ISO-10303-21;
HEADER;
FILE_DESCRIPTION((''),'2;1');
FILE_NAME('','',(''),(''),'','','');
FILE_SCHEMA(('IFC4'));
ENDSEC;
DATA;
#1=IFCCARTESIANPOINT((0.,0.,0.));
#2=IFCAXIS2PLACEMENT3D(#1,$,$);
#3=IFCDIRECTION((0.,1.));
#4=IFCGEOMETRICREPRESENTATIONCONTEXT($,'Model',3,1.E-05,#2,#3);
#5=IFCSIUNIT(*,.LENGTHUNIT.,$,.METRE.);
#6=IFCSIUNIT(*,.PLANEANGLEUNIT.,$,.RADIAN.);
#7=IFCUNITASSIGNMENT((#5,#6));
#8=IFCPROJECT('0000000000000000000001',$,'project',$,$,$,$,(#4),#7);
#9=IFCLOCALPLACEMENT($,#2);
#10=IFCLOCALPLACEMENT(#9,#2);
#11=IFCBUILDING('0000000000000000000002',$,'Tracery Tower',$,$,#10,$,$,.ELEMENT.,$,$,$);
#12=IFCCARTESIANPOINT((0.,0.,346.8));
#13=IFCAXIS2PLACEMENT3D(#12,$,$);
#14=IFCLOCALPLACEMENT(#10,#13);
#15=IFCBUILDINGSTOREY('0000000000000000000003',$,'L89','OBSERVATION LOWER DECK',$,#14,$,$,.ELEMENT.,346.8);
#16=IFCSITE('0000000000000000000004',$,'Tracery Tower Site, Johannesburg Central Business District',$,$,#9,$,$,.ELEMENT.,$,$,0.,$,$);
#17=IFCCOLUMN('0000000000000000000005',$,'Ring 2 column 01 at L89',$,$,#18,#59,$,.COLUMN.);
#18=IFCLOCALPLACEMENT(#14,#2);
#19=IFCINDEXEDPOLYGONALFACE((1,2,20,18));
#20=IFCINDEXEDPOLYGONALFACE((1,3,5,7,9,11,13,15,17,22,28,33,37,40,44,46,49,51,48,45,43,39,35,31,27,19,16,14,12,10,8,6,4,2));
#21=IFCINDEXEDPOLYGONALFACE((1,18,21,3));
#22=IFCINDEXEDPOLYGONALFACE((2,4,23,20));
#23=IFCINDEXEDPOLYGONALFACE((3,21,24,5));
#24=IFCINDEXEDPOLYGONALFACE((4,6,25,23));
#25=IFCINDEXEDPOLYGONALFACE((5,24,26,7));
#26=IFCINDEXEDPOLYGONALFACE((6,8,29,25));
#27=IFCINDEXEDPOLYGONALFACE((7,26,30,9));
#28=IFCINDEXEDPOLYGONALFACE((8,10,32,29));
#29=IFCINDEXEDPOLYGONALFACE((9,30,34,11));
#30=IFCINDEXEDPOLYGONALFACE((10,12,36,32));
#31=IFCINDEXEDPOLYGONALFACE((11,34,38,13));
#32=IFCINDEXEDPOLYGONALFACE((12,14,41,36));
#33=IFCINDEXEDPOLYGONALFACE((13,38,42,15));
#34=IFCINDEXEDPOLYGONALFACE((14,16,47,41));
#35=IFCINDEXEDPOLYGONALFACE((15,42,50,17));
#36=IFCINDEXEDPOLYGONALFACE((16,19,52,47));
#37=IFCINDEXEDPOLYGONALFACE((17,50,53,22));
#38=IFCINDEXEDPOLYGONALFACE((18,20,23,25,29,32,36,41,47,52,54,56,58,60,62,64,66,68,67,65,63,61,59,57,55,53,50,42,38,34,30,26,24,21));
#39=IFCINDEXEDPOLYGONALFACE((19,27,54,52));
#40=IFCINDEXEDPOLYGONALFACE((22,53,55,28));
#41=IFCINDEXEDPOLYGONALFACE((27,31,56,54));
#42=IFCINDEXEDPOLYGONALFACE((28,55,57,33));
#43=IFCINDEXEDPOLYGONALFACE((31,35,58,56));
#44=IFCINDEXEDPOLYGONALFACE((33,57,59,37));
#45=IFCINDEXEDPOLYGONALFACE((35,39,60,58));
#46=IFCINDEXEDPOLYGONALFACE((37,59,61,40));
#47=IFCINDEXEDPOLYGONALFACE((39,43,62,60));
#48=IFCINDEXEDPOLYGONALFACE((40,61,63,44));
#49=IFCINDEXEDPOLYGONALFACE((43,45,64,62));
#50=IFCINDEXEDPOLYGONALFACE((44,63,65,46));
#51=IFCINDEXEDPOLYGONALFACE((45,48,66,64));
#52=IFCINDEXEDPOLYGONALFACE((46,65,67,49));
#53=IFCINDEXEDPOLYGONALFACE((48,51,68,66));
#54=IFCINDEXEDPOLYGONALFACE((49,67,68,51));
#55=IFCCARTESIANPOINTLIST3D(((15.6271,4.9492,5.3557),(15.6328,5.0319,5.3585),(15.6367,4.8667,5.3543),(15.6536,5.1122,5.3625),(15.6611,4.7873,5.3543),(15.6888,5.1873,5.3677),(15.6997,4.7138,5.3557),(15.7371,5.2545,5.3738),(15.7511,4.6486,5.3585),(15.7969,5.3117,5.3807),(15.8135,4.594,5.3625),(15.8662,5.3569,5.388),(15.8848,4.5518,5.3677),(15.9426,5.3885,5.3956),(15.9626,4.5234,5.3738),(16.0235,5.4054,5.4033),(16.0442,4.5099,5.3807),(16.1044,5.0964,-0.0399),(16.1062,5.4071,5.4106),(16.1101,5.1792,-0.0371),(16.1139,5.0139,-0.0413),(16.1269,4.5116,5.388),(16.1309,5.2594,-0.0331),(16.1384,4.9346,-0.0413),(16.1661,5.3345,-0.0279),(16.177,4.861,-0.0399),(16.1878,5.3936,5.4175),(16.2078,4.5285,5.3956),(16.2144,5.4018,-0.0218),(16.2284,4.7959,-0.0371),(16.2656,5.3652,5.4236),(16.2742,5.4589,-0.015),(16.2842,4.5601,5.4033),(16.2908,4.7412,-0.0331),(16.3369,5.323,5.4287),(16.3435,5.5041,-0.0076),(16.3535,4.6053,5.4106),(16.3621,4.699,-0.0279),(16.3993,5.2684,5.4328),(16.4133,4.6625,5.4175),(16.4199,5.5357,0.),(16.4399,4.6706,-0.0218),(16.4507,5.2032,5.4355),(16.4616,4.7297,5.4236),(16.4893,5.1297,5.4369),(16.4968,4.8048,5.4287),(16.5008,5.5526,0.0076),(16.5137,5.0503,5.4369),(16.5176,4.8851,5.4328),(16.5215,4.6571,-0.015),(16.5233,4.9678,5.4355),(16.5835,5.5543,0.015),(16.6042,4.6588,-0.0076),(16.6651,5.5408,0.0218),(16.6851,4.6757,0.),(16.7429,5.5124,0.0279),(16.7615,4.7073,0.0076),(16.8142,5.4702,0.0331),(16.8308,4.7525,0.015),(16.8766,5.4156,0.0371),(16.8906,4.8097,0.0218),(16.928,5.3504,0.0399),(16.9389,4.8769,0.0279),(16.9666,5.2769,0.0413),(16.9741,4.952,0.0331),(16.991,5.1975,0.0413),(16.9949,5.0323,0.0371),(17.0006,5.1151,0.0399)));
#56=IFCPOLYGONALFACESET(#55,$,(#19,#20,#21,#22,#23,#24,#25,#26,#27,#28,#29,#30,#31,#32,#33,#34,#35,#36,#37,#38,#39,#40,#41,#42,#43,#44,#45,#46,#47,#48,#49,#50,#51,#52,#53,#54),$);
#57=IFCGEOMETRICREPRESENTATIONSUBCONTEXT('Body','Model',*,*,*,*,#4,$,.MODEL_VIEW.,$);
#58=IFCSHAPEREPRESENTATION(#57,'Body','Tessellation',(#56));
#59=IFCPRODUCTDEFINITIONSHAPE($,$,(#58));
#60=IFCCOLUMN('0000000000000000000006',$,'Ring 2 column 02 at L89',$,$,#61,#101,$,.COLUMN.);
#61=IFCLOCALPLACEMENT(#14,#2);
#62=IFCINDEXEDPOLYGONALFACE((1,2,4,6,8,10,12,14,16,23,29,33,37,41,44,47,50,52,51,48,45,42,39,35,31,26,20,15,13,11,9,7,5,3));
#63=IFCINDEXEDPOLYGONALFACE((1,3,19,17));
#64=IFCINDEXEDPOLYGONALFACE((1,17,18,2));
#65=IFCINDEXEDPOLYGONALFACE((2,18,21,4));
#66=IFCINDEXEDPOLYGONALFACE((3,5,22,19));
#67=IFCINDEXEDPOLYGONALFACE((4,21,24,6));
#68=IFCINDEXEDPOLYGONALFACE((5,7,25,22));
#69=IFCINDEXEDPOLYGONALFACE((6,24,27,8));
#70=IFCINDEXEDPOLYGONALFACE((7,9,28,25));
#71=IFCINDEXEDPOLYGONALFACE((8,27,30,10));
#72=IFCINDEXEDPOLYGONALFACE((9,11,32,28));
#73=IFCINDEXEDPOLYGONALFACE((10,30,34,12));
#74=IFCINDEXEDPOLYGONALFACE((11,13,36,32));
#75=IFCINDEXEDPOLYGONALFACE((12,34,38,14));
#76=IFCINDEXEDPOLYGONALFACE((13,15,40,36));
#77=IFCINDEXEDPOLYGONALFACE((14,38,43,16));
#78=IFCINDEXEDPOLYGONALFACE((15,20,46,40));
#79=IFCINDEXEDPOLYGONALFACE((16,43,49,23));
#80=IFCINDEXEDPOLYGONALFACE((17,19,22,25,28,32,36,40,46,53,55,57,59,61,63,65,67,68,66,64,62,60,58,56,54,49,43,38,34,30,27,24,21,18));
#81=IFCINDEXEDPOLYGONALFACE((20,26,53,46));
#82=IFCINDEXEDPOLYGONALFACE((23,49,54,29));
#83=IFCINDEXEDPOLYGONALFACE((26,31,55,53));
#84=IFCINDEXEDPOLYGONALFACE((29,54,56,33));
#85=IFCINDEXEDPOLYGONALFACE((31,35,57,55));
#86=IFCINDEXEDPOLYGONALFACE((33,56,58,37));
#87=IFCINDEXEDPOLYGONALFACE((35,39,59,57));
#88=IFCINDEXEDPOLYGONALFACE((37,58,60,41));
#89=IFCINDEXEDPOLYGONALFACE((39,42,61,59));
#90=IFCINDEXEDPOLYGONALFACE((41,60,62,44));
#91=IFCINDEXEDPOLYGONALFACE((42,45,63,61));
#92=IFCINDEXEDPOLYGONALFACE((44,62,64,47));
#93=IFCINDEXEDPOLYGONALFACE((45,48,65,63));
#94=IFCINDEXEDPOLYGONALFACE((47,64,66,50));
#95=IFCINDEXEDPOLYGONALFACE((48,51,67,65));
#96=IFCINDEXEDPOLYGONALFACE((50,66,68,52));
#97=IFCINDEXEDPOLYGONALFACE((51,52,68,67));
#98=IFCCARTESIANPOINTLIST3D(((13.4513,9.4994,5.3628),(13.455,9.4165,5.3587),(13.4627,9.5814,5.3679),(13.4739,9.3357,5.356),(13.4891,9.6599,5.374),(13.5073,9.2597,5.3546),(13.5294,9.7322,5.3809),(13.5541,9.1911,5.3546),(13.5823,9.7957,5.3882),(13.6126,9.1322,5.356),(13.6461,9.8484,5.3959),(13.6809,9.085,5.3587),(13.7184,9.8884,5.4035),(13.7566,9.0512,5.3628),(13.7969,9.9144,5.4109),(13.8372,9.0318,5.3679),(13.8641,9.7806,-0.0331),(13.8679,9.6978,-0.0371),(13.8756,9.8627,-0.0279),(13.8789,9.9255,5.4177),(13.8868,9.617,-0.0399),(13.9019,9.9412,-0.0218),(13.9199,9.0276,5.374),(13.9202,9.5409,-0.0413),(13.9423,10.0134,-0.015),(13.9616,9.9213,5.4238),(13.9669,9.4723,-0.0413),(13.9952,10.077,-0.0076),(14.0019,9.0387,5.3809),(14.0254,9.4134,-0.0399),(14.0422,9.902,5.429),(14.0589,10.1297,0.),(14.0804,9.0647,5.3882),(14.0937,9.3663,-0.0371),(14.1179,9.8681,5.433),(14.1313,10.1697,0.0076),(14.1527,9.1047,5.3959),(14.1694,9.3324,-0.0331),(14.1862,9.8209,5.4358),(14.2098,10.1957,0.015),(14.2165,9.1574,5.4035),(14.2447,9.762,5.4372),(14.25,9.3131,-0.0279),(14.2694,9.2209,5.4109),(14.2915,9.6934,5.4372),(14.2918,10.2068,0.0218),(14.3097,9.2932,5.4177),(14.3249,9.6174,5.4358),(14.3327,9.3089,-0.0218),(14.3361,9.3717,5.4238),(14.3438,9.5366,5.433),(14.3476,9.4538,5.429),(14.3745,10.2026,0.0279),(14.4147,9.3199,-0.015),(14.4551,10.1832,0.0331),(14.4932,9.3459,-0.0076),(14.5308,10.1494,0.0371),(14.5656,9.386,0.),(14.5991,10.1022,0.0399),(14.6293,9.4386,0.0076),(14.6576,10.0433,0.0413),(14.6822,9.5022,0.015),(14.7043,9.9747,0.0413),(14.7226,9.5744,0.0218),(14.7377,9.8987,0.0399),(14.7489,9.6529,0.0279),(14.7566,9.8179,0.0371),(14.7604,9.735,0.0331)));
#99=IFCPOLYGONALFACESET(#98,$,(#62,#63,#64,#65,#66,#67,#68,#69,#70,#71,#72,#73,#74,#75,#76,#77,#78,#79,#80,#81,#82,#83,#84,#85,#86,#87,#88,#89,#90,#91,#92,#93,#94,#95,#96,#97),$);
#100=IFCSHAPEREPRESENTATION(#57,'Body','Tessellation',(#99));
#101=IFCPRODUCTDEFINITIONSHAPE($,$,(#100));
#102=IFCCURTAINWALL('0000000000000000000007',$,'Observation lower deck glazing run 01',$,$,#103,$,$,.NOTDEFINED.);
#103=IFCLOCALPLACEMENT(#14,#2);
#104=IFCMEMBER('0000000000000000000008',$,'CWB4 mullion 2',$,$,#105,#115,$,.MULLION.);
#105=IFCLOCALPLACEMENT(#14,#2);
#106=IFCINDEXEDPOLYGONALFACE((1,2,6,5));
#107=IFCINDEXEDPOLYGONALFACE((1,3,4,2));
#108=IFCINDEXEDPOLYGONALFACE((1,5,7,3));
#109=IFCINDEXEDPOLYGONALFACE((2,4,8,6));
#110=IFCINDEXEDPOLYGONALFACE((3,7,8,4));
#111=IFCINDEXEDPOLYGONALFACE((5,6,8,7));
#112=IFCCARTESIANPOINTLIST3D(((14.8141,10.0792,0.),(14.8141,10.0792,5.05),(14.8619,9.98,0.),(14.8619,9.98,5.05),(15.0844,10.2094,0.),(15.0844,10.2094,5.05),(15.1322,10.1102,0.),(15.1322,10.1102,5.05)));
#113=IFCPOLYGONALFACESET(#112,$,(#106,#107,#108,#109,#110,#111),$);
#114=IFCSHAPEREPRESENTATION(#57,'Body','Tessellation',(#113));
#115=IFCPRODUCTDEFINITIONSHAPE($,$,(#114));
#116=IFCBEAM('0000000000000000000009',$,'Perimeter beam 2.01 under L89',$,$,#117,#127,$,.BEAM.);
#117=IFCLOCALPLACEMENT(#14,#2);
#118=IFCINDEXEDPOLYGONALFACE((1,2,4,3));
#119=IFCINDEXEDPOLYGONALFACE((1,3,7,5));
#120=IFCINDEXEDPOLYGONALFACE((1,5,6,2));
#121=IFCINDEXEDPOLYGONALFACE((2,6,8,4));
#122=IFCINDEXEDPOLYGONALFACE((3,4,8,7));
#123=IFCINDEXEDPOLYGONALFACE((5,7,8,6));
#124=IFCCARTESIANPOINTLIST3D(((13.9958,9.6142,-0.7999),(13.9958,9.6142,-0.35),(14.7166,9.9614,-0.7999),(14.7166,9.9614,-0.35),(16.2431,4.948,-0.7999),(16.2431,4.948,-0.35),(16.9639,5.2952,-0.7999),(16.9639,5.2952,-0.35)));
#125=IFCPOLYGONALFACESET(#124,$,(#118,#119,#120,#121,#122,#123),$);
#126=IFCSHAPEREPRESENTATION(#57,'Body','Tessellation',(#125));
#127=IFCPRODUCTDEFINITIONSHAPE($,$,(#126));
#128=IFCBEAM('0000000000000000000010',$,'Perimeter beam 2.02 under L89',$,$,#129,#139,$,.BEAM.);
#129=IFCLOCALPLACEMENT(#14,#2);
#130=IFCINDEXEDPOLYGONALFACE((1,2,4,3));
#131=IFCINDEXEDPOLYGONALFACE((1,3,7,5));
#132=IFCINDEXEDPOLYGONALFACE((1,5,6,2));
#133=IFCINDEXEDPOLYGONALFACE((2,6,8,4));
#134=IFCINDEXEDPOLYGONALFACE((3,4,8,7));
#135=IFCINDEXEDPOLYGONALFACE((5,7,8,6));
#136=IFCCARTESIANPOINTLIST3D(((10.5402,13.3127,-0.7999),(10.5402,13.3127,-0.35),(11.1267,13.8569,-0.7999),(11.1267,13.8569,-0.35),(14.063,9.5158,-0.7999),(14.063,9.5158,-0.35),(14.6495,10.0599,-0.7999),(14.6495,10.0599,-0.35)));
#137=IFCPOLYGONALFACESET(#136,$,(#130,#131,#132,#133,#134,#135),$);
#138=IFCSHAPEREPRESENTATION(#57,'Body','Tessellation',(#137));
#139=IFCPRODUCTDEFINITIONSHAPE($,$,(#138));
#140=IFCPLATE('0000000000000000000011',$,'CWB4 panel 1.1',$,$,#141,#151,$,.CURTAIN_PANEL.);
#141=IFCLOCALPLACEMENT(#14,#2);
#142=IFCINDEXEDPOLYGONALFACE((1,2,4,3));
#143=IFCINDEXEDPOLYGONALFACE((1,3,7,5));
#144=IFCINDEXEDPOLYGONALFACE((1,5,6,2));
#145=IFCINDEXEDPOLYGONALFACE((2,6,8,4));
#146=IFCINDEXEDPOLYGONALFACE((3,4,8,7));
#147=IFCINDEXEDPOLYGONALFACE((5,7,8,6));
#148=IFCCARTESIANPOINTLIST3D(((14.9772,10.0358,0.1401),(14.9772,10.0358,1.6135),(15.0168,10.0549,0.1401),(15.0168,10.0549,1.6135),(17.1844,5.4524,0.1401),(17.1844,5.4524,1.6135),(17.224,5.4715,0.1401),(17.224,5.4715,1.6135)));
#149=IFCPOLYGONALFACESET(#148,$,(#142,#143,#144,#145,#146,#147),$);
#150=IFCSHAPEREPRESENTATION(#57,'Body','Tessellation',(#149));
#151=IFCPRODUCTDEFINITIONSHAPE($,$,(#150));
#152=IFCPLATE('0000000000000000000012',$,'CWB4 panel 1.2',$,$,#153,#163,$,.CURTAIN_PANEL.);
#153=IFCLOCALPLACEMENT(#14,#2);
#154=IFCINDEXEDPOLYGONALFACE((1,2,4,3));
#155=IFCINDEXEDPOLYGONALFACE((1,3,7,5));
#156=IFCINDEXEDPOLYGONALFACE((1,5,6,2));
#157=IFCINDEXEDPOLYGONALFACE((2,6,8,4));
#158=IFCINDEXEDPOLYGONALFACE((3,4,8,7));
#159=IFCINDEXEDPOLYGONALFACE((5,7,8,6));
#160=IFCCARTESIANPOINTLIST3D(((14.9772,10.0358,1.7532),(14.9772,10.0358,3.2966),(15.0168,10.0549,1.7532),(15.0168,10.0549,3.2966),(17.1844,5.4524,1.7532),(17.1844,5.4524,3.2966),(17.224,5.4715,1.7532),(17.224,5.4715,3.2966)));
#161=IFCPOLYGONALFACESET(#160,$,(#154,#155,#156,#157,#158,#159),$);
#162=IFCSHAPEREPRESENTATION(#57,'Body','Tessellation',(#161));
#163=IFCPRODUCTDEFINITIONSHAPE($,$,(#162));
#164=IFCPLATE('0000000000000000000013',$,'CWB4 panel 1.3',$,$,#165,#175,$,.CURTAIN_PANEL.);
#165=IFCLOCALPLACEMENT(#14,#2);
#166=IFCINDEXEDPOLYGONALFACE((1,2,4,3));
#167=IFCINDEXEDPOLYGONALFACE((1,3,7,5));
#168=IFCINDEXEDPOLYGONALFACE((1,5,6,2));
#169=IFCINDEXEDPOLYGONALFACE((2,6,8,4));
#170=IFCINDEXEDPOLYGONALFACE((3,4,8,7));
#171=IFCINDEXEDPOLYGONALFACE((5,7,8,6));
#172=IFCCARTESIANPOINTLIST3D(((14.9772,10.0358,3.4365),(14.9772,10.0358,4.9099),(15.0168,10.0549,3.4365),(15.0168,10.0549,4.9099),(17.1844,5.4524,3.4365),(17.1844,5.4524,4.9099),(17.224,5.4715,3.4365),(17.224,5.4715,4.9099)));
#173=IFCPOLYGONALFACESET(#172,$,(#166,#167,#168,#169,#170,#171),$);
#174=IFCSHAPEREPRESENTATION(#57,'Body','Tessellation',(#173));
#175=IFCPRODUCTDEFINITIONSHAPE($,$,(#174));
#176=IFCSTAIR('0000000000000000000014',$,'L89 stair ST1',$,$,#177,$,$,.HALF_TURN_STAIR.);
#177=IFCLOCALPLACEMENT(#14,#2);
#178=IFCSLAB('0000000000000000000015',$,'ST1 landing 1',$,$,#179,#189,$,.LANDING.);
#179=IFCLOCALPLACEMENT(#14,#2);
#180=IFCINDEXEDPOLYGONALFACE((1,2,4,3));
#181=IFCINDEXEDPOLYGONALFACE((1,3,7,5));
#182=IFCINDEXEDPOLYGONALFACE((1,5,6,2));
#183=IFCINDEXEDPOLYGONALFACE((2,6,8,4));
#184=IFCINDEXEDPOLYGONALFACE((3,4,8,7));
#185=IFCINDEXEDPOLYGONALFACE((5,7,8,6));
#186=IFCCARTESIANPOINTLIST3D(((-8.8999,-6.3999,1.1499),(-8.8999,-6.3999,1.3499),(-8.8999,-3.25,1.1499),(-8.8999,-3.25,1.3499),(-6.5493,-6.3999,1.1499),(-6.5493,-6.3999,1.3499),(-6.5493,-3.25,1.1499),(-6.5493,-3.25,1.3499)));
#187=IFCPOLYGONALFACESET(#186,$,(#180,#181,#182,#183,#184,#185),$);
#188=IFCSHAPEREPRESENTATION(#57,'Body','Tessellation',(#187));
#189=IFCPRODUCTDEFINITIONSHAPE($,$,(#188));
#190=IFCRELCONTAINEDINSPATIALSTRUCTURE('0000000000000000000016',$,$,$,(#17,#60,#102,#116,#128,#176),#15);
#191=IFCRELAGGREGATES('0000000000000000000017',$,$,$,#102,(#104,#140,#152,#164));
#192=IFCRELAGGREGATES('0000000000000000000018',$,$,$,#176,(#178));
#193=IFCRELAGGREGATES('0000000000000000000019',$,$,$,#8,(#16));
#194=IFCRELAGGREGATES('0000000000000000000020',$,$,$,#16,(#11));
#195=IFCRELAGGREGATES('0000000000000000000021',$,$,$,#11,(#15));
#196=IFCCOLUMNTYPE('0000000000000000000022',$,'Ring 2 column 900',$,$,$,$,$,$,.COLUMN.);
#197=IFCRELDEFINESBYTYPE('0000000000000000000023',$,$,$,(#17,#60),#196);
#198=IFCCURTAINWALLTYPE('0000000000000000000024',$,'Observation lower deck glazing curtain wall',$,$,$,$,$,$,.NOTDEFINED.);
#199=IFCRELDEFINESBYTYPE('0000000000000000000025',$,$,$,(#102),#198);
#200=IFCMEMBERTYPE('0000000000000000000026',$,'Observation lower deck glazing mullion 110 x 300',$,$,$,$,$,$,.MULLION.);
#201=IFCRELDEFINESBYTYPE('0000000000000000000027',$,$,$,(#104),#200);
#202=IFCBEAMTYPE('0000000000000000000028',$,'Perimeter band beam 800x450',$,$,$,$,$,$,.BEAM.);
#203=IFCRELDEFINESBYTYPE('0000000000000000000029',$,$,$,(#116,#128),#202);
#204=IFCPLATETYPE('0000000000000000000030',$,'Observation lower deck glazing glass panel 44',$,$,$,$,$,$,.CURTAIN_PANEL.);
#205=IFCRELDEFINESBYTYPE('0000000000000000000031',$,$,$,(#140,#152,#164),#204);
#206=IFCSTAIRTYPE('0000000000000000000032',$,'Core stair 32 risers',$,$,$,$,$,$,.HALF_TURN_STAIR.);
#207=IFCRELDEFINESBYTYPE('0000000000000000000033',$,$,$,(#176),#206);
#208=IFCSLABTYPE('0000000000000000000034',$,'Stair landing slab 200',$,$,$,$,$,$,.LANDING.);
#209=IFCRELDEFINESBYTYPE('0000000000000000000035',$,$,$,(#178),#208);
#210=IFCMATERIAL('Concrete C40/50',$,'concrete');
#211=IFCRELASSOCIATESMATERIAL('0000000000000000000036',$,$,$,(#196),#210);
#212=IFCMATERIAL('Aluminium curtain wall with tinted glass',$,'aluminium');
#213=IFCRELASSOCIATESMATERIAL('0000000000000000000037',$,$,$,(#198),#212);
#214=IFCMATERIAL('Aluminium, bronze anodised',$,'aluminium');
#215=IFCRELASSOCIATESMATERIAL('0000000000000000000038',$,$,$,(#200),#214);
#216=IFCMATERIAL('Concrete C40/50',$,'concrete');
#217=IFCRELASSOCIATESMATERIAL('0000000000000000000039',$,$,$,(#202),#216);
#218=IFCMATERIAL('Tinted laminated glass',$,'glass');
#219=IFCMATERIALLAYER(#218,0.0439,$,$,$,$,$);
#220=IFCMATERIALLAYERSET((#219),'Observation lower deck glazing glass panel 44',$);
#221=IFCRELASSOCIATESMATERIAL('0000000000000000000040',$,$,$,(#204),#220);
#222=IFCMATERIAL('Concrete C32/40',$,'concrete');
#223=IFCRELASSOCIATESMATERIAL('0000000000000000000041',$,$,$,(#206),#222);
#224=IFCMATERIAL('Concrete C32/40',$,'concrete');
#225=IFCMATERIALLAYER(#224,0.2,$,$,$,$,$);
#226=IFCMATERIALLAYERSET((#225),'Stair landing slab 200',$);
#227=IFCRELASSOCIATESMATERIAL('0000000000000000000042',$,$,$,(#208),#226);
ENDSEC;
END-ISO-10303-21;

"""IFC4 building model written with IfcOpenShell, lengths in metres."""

from ifc_helpers import new_model, si_unit, direction, frame, origin, origin_2d, place, context, subcontext, project, spatial, polyline, rectangle, circle, outline, extrude, material, layer, layer_set, material_profile, profile_set, type_object, element, aggregate, save


model = new_model("IFC4")

# Units and contexts
model_context = context("Model", 3, precision=1e-05, world=origin(), true_north=direction((0.0, 1.0)))
body_context = subcontext(model_context, "Body", "Model", "MODEL_VIEW")
ifc_project = project(units=[si_unit("LENGTHUNIT", "METRE"), si_unit("PLANEANGLEUNIT", "RADIAN")], contexts=[model_context])

# Site, building, storey
site_placement = place(None, origin())
site = spatial("IfcSite", under=ifc_project, at=site_placement, Name="Tracery Tower Site, Johannesburg Central Business District", CompositionType="ELEMENT", RefElevation=0.0)
building_placement = place(site_placement, origin())
building = spatial("IfcBuilding", under=site, at=building_placement, Name="Tracery Tower", CompositionType="ELEMENT")
storey_placement = place(building_placement, frame((0.0, 0.0, 346.8)))
storey = spatial("IfcBuildingStorey", under=building, at=storey_placement, Name="L89", Description="OBSERVATION LOWER DECK", CompositionType="ELEMENT", Elevation=346.8)

# Columns
ifc_material_1 = material(Name="Concrete C40/50", Category="concrete")
ifc_material_profile_1 = material_profile(ifc_material_1, circle(Radius=0.45, at=origin_2d()), Name="RC D900")
ifc_profile_set_1 = profile_set([ifc_material_profile_1], Name="Concrete C40/50")
column_type = type_object("IfcColumnType", Name="Ring 2 column 900", PredefinedType="COLUMN", material=ifc_profile_set_1)
column_1_placement = place(storey_placement, frame((16.5525, 5.1057, 0.0), z_axis=(-0.088081, -0.027168, 0.995743), x_axis=(0.294738, -0.955578, 0.0)))
element("IfcColumn", 1, at=column_1_placement, inside=storey, type_object=column_type, Name="Ring 2 column 01 at L89", PredefinedType="COLUMN", context=body_context, shape_type="SweptSolid", body=[
    extrude(circle(Radius=0.45, at=origin_2d()), origin(), (0.0, 0.0, 1.0), 5.4187),
])
column_2_placement = place(storey_placement, frame((14.3123, 9.7578, 0.0), z_axis=(-0.076187, -0.051902, 0.995742), x_axis=(0.563018, -0.826444, 0.0)))
element("IfcColumn", 2, at=column_2_placement, inside=storey, type_object=column_type, Name="Ring 2 column 02 at L89", PredefinedType="COLUMN", context=body_context, shape_type="SweptSolid", body=[
    extrude(circle(Radius=0.45, at=origin_2d()), origin(), (0.0, 0.0, 1.0), 5.4189),
])

# Curtain wall, member
ifc_material_2 = material(Name="Aluminium curtain wall with tinted glass", Category="aluminium")
curtain_wall_type = type_object("IfcCurtainWallType", Name="Observation lower deck glazing curtain wall", PredefinedType="NOTDEFINED", material=ifc_material_2)
curtain_wall_placement = place(storey_placement, origin())
curtain_wall = element("IfcCurtainWall", 3, at=curtain_wall_placement, inside=storey, type_object=curtain_wall_type, Name="Observation lower deck glazing run 01", PredefinedType="NOTDEFINED")
ifc_material_3 = material(Name="Aluminium, bronze anodised", Category="aluminium")
ifc_material_profile_2 = material_profile(ifc_material_3, rectangle(XDim=0.3, YDim=0.1101, at=origin_2d()), Name="Observation lower deck glazing mullion 110 x 300")
ifc_profile_set_2 = profile_set([ifc_material_profile_2], Name="Aluminium, bronze anodised")
member_type = type_object("IfcMemberType", Name="Observation lower deck glazing mullion 110 x 300", PredefinedType="MULLION", material=ifc_profile_set_2)
member_placement = place(storey_placement, frame((14.9731, 10.0947, 0.0), z_axis=(0.0, 0.0, 1.0), x_axis=(-0.900972, -0.433876, 0.0)))
member = element("IfcMember", 4, at=member_placement, type_object=member_type, Name="CWB4 mullion 2", PredefinedType="MULLION", context=body_context, shape_type="SweptSolid", body=[
    extrude(rectangle(XDim=0.3, YDim=0.1101, at=origin_2d()), origin(), (0.0, 0.0, 1.0), 5.05),
])

# Beams
ifc_material_4 = material(Name="Concrete C40/50", Category="concrete")
ifc_material_profile_3 = material_profile(ifc_material_4, rectangle(XDim=0.8, YDim=0.45, at=origin_2d()), Name="RC 800x450")
ifc_profile_set_3 = profile_set([ifc_material_profile_3], Name="Concrete C40/50")
beam_type = type_object("IfcBeamType", Name="Perimeter band beam 800x450", PredefinedType="BEAM", material=ifc_profile_set_3)
beam_1_placement = place(storey_placement, frame((16.6035, 5.1216, -0.575), z_axis=(-0.433909, 0.900957, 0.0), x_axis=(-0.900957, -0.433909, 0.0)))
element("IfcBeam", 5, at=beam_1_placement, inside=storey, type_object=beam_type, Name="Perimeter beam 2.01 under L89", PredefinedType="BEAM", context=body_context, shape_type="SweptSolid", body=[
    extrude(rectangle(XDim=0.8, YDim=0.45, at=origin_2d()), origin(), (0.0, 0.0, 1.0), 5.1792),
])
beam_2_placement = place(storey_placement, frame((14.3562, 9.7878, -0.575), z_axis=(-0.680144, 0.733079, 0.0), x_axis=(-0.733079, -0.680144, 0.0)))
element("IfcBeam", 6, at=beam_2_placement, inside=storey, type_object=beam_type, Name="Perimeter beam 2.02 under L89", PredefinedType="BEAM", context=body_context, shape_type="SweptSolid", body=[
    extrude(rectangle(XDim=0.8, YDim=0.45, at=origin_2d()), origin(), (0.0, 0.0, 1.0), 5.1794),
])

# Plates
ifc_material_5 = material(Name="Tinted laminated glass", Category="glass")
ifc_layer_1 = layer(ifc_material_5, 0.0439)
ifc_layer_set_1 = layer_set([ifc_layer_1], Name="Observation lower deck glazing glass panel 44")
plate_type = type_object("IfcPlateType", Name="Observation lower deck glazing glass panel 44", PredefinedType="CURTAIN_PANEL", material=ifc_layer_set_1)
plate_1_placement = place(storey_placement, frame((16.1006, 7.7537, 0.1401), z_axis=(0.0, 0.0, 1.0), x_axis=(-0.433876, 0.900972, 0.0)))
plate_1 = element("IfcPlate", 7, at=plate_1_placement, type_object=plate_type, Name="CWB4 panel 1.1", PredefinedType="CURTAIN_PANEL", context=body_context, shape_type="SweptSolid", body=[
    extrude(rectangle(XDim=5.0872, YDim=0.0439, at=origin_2d()), origin(), (0.0, 0.0, 1.0), 1.4734),
])
plate_2_placement = place(storey_placement, frame((16.1006, 7.7537, 1.7532), z_axis=(0.0, 0.0, 1.0), x_axis=(-0.433876, 0.900972, 0.0)))
plate_2 = element("IfcPlate", 8, at=plate_2_placement, type_object=plate_type, Name="CWB4 panel 1.2", PredefinedType="CURTAIN_PANEL", context=body_context, shape_type="SweptSolid", body=[
    extrude(rectangle(XDim=5.0872, YDim=0.0439, at=origin_2d()), origin(), (0.0, 0.0, 1.0), 1.5435),
])
plate_3_placement = place(storey_placement, frame((16.1006, 7.7537, 3.4365), z_axis=(0.0, 0.0, 1.0), x_axis=(-0.433876, 0.900972, 0.0)))
plate_3 = element("IfcPlate", 9, at=plate_3_placement, type_object=plate_type, Name="CWB4 panel 1.3", PredefinedType="CURTAIN_PANEL", context=body_context, shape_type="SweptSolid", body=[
    extrude(rectangle(XDim=5.0872, YDim=0.0439, at=origin_2d()), origin(), (0.0, 0.0, 1.0), 1.4734),
])
aggregate(curtain_wall, [member, plate_1, plate_2, plate_3])

# Stair, slab
ifc_material_6 = material(Name="Concrete C32/40", Category="concrete")
stair_type = type_object("IfcStairType", Name="Core stair 32 risers", PredefinedType="HALF_TURN_STAIR", material=ifc_material_6)
stair_1_placement = place(storey_placement, origin())
stair_1 = element("IfcStair", 10, at=stair_1_placement, inside=storey, type_object=stair_type, Name="L89 stair ST1", PredefinedType="HALF_TURN_STAIR")
ifc_material_7 = material(Name="Concrete C32/40", Category="concrete")
ifc_layer_2 = layer(ifc_material_7, 0.2)
ifc_layer_set_2 = layer_set([ifc_layer_2], Name="Stair landing slab 200")
slab_type = type_object("IfcSlabType", Name="Stair landing slab 200", PredefinedType="LANDING", material=ifc_layer_set_2)
slab_1_placement = place(storey_placement, frame((0.0, 0.0, 1.1499)))
slab_1 = element("IfcSlab", 11, at=slab_1_placement, type_object=slab_type, Name="ST1 landing 1", PredefinedType="LANDING", context=body_context, shape_type="SweptSolid", body=[
    extrude(outline(polyline([(-6.5493, -3.25), (-8.8999, -3.25), (-8.8999, -6.3999), (-6.5493, -6.3999), (-6.5493, -3.25)])), origin(), (0.0, 0.0, 1.0), 0.2),
])
aggregate(stair_1, [slab_1])

save(model, "model.ifc")
